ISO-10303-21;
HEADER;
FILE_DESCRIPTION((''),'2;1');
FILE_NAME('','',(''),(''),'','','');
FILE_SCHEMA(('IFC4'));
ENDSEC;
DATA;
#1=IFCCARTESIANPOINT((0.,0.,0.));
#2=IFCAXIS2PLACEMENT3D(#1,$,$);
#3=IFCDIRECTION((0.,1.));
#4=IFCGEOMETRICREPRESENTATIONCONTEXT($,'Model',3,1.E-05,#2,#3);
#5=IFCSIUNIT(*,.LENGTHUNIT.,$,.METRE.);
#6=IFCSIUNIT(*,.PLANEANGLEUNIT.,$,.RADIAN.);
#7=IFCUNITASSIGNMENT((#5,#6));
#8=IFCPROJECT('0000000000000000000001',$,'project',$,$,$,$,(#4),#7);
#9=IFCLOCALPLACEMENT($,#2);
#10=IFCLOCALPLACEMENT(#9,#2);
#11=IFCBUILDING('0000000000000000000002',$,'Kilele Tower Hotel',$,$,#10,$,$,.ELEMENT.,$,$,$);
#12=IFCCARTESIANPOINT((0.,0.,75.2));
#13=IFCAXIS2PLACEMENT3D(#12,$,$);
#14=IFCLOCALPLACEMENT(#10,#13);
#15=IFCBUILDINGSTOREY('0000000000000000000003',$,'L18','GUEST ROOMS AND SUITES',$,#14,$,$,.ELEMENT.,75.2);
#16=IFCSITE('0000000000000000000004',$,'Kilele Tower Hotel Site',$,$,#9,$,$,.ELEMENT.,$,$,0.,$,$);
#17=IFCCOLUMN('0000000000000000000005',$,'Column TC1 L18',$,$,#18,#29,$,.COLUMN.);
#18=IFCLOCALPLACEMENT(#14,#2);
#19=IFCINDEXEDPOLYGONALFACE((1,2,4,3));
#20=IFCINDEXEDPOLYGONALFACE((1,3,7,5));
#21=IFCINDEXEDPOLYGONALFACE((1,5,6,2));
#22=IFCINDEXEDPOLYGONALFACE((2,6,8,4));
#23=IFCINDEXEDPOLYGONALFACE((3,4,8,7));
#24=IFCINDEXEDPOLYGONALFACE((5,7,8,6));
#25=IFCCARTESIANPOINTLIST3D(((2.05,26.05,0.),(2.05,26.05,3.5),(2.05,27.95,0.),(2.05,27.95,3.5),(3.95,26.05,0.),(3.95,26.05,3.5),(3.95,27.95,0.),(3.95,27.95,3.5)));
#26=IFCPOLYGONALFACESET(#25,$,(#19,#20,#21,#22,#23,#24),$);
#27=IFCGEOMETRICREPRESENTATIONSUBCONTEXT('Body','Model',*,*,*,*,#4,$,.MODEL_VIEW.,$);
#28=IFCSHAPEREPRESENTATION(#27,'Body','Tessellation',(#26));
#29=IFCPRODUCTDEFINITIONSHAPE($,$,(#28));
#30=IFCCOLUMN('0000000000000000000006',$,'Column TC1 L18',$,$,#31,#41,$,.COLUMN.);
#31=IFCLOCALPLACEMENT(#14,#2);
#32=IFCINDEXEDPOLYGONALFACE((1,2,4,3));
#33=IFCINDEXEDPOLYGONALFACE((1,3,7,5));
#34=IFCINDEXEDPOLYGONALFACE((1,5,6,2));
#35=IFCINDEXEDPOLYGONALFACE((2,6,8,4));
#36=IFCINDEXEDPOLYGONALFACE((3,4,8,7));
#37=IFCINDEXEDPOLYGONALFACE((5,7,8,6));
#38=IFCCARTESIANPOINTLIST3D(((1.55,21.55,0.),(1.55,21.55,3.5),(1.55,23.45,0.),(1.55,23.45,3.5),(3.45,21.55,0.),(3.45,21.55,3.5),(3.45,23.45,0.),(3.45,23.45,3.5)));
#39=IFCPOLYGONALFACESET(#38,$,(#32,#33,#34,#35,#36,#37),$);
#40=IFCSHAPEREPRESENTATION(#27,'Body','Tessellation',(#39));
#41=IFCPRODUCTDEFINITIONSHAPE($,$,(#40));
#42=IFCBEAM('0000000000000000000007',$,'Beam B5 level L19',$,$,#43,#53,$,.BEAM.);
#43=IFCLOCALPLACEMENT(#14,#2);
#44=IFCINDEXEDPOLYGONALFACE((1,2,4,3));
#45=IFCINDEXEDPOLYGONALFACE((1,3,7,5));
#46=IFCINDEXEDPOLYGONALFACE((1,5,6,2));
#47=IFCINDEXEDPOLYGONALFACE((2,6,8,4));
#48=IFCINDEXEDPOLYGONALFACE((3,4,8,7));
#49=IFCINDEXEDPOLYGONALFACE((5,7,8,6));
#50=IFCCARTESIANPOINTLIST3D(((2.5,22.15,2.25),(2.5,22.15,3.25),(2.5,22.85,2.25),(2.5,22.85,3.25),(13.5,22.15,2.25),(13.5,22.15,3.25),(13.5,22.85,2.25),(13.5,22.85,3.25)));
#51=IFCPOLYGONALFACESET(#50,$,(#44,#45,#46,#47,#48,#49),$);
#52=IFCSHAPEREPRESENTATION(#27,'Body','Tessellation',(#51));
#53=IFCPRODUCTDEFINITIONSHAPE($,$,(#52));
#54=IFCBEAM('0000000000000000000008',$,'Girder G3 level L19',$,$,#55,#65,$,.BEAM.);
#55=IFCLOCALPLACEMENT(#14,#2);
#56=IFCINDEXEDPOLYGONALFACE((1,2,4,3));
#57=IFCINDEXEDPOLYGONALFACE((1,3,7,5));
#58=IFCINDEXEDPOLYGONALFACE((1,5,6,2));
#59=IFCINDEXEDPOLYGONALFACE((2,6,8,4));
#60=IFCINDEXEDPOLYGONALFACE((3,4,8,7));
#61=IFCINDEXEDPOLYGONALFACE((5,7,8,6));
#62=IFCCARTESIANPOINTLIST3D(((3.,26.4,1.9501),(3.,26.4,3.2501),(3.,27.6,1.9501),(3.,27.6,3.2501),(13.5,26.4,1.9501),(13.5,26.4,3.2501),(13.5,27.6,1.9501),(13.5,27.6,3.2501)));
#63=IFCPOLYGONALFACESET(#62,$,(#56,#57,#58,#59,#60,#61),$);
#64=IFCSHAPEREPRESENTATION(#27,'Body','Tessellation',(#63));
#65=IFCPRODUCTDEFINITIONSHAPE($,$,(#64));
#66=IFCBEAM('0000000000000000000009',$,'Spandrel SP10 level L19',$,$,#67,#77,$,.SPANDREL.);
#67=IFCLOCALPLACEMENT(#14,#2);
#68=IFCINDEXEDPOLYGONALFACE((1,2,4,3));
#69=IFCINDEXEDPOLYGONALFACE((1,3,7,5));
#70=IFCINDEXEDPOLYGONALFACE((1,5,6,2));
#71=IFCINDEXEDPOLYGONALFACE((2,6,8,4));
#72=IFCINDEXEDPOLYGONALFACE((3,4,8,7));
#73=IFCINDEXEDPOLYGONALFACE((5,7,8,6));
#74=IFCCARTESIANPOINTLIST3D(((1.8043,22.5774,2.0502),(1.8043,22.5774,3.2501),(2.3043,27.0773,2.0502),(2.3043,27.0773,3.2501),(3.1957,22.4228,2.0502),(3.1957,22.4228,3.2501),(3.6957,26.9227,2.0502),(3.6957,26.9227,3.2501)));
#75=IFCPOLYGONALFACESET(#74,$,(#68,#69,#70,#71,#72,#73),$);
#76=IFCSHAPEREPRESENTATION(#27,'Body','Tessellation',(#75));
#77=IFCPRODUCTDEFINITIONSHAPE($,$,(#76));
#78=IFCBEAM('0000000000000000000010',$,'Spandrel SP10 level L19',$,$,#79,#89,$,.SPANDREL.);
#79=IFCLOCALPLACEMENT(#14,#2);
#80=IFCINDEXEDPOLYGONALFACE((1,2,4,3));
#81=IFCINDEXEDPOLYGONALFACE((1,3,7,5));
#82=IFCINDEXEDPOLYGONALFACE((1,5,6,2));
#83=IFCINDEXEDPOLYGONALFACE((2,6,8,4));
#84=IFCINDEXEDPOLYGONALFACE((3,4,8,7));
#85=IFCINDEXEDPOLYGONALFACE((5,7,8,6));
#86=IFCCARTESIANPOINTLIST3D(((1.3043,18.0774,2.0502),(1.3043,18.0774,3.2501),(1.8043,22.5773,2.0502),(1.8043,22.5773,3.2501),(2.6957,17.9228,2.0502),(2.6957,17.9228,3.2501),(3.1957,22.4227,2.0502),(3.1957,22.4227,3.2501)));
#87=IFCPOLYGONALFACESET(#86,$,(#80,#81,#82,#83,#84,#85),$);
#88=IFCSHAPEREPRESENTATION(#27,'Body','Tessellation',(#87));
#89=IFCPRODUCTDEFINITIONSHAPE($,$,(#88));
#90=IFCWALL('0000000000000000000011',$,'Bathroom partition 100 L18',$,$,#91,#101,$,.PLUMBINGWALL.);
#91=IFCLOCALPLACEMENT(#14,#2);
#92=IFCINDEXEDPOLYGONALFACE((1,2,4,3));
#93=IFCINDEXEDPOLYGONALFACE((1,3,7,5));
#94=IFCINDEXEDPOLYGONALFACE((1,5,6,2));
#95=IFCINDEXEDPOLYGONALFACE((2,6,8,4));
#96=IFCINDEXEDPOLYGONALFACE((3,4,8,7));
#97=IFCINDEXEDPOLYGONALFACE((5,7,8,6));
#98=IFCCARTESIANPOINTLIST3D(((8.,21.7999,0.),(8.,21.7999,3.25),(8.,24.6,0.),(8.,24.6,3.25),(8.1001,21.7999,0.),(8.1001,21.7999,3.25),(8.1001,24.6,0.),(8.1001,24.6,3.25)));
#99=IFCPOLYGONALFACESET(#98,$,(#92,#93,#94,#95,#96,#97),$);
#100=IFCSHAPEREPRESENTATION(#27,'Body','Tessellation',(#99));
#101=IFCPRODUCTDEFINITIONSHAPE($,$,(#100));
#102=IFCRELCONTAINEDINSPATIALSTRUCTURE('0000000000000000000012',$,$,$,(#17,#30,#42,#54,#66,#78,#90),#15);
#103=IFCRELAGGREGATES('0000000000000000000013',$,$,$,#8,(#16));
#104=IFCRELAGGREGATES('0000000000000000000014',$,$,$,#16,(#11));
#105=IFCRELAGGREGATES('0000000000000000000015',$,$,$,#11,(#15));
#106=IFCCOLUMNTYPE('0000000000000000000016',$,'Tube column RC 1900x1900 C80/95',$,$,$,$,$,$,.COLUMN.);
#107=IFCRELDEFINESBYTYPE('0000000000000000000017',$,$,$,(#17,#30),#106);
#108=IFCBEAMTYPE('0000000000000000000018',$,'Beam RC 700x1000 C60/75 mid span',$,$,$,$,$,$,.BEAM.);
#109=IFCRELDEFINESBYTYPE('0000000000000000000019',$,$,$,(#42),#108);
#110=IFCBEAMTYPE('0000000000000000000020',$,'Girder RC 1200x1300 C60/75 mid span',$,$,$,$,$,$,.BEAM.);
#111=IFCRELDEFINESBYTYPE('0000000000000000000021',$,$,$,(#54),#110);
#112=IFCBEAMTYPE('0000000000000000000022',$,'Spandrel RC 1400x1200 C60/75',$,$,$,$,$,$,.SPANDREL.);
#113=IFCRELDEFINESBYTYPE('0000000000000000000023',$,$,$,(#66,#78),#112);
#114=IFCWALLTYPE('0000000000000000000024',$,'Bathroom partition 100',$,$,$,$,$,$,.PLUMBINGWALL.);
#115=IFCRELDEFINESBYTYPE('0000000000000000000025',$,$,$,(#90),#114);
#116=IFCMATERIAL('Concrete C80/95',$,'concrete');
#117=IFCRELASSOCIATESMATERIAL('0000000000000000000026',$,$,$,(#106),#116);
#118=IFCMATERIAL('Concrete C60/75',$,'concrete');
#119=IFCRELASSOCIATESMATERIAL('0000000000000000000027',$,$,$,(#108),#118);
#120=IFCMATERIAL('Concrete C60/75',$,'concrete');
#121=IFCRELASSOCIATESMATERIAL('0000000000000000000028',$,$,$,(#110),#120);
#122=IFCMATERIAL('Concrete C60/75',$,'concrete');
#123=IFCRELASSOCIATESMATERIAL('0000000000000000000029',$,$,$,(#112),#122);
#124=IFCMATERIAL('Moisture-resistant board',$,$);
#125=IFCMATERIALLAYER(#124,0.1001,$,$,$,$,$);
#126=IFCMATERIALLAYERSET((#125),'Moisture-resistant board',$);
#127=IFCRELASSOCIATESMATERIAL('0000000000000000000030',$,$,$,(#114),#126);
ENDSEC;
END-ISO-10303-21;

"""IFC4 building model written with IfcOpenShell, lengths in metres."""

from ifc_helpers import new_model, si_unit, direction, frame, frame_2d, origin, origin_2d, place, context, subcontext, project, spatial, rectangle, extrude, material, layer, layer_set, material_profile, profile_set, type_object, element, save


model = new_model("IFC4")

# Units and contexts
model_context = context("Model", 3, precision=1e-05, world=origin(), true_north=direction((0.0, 1.0)))
body_context = subcontext(model_context, "Body", "Model", "MODEL_VIEW")
ifc_project = project(units=[si_unit("LENGTHUNIT", "METRE"), si_unit("PLANEANGLEUNIT", "RADIAN")], contexts=[model_context])

# Site, building, storey
site_placement = place(None, origin())
site = spatial("IfcSite", under=ifc_project, at=site_placement, Name="Kilele Tower Hotel Site", CompositionType="ELEMENT", RefElevation=0.0)
building_placement = place(site_placement, origin())
building = spatial("IfcBuilding", under=site, at=building_placement, Name="Kilele Tower Hotel", CompositionType="ELEMENT")
storey_placement = place(building_placement, frame((0.0, 0.0, 75.2)))
storey = spatial("IfcBuildingStorey", under=building, at=storey_placement, Name="L18", Description="GUEST ROOMS AND SUITES", CompositionType="ELEMENT", Elevation=75.2)

# Columns
ifc_material_1 = material(Name="Concrete C80/95", Category="concrete")
ifc_material_profile_1 = material_profile(ifc_material_1, rectangle(XDim=1.8999, YDim=1.8999, at=origin_2d()))
ifc_profile_set_1 = profile_set([ifc_material_profile_1], Name="Concrete C80/95")
column_type = type_object("IfcColumnType", Name="Tube column RC 1900x1900 C80/95", PredefinedType="COLUMN", material=ifc_profile_set_1)
for number, where, z_axis, x_axis, name in (
    (1, (3.0, 27.0, 0.0), (0.0, 0.0, 1.0), (1.0, 0.0, 0.0), "Column TC1 L18"),
    (2, (2.5, 22.5, 0.0), (0.0, 0.0, 1.0), (1.0, 0.0, 0.0), "Column TC1 L18"),
):
    element("IfcColumn", number, at=place(storey_placement, frame(where, z_axis=z_axis, x_axis=x_axis)), inside=storey, type_object=column_type, Name=name, PredefinedType="COLUMN", context=body_context, shape_type="SweptSolid", body=[
        extrude(rectangle(XDim=1.8999, YDim=1.8999, at=origin_2d()), origin(), (0.0, 0.0, 1.0), 3.5),
    ])

# Beams
ifc_material_2 = material(Name="Concrete C60/75", Category="concrete")
ifc_material_profile_2 = material_profile(ifc_material_2, rectangle(XDim=0.7, YDim=1.0, at=origin_2d()))
ifc_profile_set_2 = profile_set([ifc_material_profile_2], Name="Concrete C60/75")
beam_type_1 = type_object("IfcBeamType", Name="Beam RC 700x1000 C60/75 mid span", PredefinedType="BEAM", material=ifc_profile_set_2)
beam_1_placement = place(storey_placement, frame((2.5, 22.5, 2.75), z_axis=(1.0, 0.0, 0.0), x_axis=(0.0, 1.0, 0.0)))
element("IfcBeam", 3, at=beam_1_placement, inside=storey, type_object=beam_type_1, Name="Beam B5 level L19", PredefinedType="BEAM", context=body_context, shape_type="SweptSolid", body=[
    extrude(rectangle(XDim=0.7, YDim=1.0, at=origin_2d()), origin(), (0.0, 0.0, 1.0), 11.0),
])
ifc_material_3 = material(Name="Concrete C60/75", Category="concrete")
ifc_material_profile_3 = material_profile(ifc_material_3, rectangle(XDim=1.2, YDim=1.3, at=origin_2d()))
ifc_profile_set_3 = profile_set([ifc_material_profile_3], Name="Concrete C60/75")
beam_type_2 = type_object("IfcBeamType", Name="Girder RC 1200x1300 C60/75 mid span", PredefinedType="BEAM", material=ifc_profile_set_3)
beam_2_placement = place(storey_placement, frame((3.0, 27.0, 2.6001), z_axis=(1.0, 0.0, 0.0), x_axis=(0.0, 1.0, 0.0)))
element("IfcBeam", 4, at=beam_2_placement, inside=storey, type_object=beam_type_2, Name="Girder G3 level L19", PredefinedType="BEAM", context=body_context, shape_type="SweptSolid", body=[
    extrude(rectangle(XDim=1.2, YDim=1.3, at=origin_2d()), origin(), (0.0, 0.0, 1.0), 10.5),
])
ifc_material_4 = material(Name="Concrete C60/75", Category="concrete")
ifc_material_profile_4 = material_profile(ifc_material_4, rectangle(XDim=1.3999, YDim=1.2, at=origin_2d()))
ifc_profile_set_4 = profile_set([ifc_material_profile_4], Name="Concrete C60/75")
beam_type_3 = type_object("IfcBeamType", Name="Spandrel RC 1400x1200 C60/75", PredefinedType="SPANDREL", material=ifc_profile_set_4)
for number, where, z_axis, x_axis, name in (
    (5, (3.0, 27.0, 2.6501), (-0.110432, -0.993884, 0.0), (0.993884, -0.110432, 0.0), "Spandrel SP10 level L19"),
    (6, (2.5, 22.5, 2.6501), (-0.110432, -0.993884, 0.0), (0.993884, -0.110432, 0.0), "Spandrel SP10 level L19"),
):
    element("IfcBeam", number, at=place(storey_placement, frame(where, z_axis=z_axis, x_axis=x_axis)), inside=storey, type_object=beam_type_3, Name=name, PredefinedType="SPANDREL", context=body_context, shape_type="SweptSolid", body=[
        extrude(rectangle(XDim=1.3999, YDim=1.2, at=origin_2d()), origin(), (0.0, 0.0, 1.0), 4.5276),
    ])

# Wall
ifc_material_5 = material(Name="Moisture-resistant board")
ifc_layer = layer(ifc_material_5, 0.1001)
ifc_layer_set = layer_set([ifc_layer], Name="Moisture-resistant board")
wall_type = type_object("IfcWallType", Name="Bathroom partition 100", PredefinedType="PLUMBINGWALL", material=ifc_layer_set)
wall_placement = place(storey_placement, frame((8.05, 21.8, 0.0), z_axis=(0.0, 0.0, 1.0), x_axis=(0.0, 1.0, 0.0)))
element("IfcWall", 7, at=wall_placement, inside=storey, type_object=wall_type, Name="Bathroom partition 100 L18", PredefinedType="PLUMBINGWALL", context=body_context, shape_type="SweptSolid", body=[
    extrude(rectangle(XDim=2.8, YDim=0.1001, at=frame_2d((1.3999, 0.0))), origin(), (0.0, 0.0, 1.0), 3.25),
])

save(model, "model.ifc")
